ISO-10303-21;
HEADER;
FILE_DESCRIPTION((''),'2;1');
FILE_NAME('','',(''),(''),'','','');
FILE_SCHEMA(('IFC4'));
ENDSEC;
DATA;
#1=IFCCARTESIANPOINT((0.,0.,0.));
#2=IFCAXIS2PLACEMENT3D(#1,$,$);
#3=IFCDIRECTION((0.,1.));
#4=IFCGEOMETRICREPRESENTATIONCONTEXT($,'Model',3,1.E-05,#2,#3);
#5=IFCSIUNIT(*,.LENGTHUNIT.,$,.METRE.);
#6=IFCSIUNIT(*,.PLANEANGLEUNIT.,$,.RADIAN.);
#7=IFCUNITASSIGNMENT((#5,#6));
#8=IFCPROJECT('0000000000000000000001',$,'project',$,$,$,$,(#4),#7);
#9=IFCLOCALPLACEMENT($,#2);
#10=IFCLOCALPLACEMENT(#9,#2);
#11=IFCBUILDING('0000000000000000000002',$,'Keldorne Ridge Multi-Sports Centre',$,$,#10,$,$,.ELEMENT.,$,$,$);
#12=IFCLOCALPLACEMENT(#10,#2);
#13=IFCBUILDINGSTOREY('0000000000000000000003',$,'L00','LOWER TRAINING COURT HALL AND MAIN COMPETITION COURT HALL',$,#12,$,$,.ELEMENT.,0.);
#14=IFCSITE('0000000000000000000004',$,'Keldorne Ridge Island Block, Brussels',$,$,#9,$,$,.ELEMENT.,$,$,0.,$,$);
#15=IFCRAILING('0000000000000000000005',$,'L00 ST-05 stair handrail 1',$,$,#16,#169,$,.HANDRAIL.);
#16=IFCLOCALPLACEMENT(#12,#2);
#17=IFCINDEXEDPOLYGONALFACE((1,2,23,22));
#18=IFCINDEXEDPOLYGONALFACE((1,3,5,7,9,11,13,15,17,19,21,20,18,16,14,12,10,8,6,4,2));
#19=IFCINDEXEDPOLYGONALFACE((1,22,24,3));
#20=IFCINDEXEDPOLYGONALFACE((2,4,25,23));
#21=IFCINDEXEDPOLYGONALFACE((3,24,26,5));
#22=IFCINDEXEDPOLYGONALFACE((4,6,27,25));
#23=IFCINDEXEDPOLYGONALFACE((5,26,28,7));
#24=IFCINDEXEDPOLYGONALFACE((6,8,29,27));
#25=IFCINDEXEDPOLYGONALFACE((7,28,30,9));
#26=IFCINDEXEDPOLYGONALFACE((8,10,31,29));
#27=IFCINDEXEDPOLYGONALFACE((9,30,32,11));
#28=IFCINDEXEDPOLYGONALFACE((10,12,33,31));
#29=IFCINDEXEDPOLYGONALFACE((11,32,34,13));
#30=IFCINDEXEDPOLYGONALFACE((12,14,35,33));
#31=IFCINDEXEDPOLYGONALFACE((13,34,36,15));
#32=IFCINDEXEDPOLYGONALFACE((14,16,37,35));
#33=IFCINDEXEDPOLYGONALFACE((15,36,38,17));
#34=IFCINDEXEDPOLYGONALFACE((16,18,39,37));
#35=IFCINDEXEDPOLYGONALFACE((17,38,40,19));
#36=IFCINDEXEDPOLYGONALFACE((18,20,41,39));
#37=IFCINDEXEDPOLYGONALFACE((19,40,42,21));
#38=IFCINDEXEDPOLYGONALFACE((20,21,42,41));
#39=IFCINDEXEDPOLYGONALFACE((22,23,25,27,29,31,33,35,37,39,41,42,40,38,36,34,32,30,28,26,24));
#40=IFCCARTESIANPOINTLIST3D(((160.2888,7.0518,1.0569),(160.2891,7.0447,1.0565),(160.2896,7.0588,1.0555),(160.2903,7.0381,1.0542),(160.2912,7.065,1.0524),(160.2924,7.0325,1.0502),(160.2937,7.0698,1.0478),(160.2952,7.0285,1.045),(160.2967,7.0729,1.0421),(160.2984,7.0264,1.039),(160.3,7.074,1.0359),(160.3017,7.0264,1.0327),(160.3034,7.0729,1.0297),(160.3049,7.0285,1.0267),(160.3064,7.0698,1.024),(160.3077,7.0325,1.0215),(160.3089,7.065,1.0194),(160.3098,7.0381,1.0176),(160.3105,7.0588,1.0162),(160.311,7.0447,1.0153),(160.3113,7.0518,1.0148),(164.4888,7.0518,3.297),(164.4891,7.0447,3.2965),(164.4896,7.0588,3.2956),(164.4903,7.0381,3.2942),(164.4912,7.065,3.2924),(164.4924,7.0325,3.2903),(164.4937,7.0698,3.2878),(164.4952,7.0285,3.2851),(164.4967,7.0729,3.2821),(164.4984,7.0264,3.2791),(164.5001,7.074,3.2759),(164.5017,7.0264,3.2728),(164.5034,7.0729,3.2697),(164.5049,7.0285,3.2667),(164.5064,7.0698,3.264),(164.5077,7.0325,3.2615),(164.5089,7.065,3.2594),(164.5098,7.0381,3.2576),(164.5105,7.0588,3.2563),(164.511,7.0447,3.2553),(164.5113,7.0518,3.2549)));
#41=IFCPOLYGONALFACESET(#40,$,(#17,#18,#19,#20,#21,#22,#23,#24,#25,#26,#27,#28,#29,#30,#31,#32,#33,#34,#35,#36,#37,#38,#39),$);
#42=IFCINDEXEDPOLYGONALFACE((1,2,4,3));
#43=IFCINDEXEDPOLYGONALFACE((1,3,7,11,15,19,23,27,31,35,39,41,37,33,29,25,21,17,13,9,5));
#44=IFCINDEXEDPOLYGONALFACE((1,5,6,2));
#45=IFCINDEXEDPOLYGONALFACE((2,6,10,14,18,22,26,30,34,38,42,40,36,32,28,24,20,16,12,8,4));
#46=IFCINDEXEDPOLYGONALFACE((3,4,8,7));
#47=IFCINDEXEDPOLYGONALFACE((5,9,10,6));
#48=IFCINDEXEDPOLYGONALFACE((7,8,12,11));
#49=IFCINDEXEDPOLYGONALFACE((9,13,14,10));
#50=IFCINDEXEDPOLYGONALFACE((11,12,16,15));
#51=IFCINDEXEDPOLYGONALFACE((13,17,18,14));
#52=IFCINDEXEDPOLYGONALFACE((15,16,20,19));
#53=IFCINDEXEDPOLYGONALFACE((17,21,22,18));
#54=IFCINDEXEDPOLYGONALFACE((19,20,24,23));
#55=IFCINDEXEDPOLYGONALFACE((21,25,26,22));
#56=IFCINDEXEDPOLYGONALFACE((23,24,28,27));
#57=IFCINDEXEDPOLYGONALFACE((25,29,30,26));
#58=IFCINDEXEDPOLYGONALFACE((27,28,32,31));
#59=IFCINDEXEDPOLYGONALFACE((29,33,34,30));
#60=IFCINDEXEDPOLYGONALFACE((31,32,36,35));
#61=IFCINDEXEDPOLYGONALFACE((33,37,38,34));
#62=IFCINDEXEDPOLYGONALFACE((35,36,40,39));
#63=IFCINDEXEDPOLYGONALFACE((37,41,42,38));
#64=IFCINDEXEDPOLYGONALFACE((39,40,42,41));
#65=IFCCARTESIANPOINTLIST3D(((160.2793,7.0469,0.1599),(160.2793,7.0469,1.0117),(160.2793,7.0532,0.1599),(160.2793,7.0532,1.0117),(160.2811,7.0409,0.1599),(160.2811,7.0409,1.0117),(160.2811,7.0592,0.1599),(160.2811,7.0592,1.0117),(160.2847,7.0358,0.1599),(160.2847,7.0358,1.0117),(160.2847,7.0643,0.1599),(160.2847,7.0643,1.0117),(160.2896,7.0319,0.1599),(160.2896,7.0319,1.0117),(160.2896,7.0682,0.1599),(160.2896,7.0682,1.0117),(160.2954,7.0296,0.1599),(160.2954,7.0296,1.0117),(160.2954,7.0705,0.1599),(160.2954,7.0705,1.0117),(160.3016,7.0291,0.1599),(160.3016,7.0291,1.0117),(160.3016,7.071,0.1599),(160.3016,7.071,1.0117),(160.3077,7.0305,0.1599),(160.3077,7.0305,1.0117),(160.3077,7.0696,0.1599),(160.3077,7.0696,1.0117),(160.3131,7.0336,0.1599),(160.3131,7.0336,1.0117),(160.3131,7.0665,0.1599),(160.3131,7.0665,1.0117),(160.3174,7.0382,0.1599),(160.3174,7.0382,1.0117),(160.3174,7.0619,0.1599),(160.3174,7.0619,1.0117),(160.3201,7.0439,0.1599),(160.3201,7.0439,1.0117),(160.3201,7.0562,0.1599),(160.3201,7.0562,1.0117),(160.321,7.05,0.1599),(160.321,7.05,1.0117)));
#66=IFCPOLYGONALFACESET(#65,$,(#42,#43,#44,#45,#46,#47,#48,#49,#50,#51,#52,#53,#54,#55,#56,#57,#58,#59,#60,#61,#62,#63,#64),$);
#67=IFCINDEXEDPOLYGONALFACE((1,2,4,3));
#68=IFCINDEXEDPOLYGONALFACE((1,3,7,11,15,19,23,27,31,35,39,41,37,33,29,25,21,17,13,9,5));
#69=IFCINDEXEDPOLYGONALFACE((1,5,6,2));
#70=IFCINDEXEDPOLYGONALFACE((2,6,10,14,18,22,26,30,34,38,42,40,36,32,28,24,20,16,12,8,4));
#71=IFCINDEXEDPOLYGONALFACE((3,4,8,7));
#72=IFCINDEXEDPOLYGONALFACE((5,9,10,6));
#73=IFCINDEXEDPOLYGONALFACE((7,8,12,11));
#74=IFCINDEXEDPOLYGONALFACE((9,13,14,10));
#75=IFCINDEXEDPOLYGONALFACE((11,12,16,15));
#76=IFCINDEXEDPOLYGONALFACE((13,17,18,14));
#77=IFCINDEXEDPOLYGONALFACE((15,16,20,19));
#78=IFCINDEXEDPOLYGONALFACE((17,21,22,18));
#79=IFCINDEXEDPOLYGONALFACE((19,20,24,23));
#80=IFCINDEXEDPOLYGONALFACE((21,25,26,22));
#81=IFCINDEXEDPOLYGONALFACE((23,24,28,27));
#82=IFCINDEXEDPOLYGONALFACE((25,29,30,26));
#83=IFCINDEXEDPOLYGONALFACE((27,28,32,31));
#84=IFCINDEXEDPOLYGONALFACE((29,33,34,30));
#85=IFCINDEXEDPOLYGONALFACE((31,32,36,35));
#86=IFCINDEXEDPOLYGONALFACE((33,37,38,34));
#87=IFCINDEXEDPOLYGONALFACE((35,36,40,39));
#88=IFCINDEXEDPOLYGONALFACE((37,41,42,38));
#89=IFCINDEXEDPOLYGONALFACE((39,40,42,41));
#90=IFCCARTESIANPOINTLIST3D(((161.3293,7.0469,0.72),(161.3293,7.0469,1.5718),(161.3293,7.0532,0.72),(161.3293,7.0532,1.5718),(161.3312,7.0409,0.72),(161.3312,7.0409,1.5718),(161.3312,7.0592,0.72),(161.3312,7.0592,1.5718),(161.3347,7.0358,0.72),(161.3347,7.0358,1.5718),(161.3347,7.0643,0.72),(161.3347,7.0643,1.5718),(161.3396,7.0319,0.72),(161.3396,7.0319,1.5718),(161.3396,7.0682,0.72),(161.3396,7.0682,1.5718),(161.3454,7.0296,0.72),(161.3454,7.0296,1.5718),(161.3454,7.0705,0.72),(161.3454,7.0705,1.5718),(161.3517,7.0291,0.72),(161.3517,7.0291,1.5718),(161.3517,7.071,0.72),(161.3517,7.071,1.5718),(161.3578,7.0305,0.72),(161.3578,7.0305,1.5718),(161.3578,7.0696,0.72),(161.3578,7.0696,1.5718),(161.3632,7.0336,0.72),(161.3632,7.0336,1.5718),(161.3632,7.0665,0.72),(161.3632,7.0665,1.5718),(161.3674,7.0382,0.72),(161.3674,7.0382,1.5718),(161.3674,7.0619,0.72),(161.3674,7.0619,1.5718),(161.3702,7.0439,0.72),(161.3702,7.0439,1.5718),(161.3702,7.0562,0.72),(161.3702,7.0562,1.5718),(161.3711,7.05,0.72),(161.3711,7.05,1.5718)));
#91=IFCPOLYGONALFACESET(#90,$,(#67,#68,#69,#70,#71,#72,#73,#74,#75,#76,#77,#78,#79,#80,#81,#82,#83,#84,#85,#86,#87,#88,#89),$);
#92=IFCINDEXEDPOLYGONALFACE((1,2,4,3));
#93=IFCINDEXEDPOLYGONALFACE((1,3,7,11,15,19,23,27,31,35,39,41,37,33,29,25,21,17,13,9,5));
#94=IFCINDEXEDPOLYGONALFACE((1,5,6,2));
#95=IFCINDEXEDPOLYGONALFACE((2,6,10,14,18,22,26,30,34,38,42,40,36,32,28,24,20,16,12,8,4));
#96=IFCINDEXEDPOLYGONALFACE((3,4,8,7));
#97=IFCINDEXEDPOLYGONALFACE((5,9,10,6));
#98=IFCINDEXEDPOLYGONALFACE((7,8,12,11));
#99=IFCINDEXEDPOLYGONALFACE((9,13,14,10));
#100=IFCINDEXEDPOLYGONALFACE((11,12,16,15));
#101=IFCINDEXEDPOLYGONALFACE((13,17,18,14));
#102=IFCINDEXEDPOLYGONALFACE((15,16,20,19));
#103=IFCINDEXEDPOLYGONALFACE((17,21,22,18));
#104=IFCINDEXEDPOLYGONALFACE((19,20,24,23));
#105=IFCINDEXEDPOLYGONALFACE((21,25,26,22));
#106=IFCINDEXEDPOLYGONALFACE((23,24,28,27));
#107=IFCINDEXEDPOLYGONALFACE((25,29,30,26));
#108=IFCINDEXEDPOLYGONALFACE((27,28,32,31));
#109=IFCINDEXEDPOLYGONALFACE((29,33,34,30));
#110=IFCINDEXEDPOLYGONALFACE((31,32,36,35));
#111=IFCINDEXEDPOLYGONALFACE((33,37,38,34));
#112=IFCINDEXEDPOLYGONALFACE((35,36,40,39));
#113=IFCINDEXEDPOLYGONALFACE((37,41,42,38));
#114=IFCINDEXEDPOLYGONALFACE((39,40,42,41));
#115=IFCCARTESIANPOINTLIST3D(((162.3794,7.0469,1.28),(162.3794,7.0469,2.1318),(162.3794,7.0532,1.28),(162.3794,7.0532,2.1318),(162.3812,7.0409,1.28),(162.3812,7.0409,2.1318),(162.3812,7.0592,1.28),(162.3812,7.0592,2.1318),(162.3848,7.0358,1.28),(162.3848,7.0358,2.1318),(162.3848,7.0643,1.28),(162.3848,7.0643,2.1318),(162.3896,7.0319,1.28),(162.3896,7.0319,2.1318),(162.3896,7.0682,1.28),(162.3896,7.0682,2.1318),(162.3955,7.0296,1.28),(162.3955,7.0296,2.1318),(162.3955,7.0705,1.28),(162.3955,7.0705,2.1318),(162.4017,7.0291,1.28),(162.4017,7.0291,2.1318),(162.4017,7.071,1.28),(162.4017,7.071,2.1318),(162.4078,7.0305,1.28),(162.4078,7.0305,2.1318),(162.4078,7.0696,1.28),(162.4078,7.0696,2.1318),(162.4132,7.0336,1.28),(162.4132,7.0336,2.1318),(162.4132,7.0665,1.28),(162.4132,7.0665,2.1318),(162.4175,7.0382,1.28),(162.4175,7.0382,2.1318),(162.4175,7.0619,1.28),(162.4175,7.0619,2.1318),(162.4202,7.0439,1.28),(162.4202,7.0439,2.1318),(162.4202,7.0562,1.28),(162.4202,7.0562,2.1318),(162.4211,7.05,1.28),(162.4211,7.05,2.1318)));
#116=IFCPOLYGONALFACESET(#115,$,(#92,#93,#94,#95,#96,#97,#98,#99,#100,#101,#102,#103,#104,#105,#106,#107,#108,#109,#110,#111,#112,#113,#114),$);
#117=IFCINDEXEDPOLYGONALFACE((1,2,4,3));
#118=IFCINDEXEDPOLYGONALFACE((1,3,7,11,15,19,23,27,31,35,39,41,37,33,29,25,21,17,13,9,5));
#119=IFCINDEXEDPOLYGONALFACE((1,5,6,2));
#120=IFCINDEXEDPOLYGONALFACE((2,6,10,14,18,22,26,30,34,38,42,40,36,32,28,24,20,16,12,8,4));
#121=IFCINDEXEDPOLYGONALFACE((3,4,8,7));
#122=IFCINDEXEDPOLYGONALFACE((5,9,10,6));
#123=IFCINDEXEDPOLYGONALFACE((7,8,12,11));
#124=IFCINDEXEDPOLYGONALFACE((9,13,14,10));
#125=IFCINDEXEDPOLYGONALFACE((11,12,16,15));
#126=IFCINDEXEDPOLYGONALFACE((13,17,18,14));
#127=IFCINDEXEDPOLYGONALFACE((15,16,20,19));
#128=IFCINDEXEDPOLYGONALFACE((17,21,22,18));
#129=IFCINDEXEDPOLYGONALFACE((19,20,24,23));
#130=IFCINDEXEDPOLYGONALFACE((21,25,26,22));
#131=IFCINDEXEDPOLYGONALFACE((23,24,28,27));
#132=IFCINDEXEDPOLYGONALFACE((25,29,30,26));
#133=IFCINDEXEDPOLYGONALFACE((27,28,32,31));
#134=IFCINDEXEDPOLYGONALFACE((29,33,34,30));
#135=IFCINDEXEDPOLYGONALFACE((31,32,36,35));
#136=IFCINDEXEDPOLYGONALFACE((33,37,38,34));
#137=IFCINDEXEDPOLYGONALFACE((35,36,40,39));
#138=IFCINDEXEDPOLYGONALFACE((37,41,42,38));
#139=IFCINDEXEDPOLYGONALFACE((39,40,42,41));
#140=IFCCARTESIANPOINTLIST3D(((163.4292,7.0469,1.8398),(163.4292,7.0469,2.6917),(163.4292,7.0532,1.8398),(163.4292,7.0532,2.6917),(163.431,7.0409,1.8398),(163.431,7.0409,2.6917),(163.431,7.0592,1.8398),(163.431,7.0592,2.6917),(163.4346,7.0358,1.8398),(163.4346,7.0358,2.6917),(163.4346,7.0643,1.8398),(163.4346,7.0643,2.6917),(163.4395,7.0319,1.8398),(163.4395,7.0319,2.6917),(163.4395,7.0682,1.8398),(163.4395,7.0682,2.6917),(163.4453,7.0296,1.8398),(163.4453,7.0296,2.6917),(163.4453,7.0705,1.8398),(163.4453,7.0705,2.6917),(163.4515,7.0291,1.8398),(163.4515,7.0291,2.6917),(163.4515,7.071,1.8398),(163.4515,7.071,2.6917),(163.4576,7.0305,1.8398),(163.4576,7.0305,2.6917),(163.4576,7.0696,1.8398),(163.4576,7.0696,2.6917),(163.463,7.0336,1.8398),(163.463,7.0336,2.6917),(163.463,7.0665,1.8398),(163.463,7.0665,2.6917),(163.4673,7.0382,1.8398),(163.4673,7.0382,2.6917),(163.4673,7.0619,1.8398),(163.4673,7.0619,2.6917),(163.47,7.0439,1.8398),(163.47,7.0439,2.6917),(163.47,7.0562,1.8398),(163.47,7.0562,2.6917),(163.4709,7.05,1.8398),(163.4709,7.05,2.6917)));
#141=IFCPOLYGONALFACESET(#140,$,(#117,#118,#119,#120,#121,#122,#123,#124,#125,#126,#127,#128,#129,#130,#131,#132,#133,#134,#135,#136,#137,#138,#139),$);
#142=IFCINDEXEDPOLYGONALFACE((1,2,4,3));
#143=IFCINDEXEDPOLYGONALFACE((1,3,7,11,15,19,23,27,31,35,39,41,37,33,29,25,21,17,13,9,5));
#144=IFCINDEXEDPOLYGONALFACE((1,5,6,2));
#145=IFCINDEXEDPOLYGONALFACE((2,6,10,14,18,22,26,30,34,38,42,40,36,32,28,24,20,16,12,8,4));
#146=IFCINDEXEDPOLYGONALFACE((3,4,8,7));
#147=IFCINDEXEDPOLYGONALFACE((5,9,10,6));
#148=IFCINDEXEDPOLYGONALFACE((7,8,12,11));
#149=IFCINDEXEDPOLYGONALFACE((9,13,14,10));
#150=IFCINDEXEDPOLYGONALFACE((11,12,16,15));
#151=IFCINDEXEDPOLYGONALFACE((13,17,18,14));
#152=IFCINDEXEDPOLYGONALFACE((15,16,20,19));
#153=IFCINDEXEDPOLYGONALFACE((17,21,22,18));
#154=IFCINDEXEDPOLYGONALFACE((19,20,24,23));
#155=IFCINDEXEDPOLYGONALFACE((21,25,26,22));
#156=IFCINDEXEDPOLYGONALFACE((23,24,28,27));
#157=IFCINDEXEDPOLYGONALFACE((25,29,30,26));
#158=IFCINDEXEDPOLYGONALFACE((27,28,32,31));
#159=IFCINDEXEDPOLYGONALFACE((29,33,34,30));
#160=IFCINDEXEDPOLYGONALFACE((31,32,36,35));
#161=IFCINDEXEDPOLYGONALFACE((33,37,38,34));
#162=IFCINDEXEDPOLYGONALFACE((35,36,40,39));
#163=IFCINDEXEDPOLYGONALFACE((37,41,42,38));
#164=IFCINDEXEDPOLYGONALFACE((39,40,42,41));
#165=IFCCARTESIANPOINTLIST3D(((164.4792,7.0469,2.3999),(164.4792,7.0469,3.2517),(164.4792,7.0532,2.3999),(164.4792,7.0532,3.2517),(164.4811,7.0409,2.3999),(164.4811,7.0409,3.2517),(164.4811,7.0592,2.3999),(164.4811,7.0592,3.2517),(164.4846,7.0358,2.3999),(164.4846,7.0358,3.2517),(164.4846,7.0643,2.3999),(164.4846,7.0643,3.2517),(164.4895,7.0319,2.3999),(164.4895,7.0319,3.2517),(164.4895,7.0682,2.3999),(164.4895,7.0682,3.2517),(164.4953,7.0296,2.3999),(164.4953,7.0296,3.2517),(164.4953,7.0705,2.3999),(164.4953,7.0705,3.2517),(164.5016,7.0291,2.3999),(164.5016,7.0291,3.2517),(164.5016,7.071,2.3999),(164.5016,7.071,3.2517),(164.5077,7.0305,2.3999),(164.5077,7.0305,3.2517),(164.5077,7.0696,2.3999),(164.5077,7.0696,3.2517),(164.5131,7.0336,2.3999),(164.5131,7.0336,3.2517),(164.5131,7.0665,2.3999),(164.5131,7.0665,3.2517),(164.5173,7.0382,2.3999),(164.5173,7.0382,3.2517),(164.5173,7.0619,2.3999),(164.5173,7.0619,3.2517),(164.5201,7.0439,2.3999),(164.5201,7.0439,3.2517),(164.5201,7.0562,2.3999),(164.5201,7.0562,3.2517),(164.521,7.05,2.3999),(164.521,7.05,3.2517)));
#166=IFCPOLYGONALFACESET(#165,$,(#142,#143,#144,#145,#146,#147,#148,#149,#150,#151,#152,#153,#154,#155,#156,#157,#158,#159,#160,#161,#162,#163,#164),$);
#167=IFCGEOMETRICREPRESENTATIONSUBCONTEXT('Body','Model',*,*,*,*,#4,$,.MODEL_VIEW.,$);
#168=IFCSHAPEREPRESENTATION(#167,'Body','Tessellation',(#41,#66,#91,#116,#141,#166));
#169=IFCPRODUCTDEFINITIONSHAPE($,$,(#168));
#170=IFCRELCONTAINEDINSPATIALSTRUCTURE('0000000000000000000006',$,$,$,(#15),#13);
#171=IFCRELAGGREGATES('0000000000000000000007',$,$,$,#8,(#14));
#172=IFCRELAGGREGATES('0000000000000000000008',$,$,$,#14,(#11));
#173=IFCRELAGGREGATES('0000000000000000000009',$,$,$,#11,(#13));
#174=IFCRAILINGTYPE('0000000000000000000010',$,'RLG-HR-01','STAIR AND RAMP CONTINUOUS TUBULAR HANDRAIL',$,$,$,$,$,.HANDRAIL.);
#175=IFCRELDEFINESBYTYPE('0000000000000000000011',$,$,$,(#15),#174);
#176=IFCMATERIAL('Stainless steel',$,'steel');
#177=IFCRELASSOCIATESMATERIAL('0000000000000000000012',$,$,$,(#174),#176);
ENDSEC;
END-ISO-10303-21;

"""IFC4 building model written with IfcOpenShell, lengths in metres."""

from ifc_helpers import new_model, si_unit, direction, frame, origin, origin_2d, place, context, subcontext, project, spatial, circle, extrude, material, type_object, element, save


model = new_model("IFC4")

# Units and contexts
model_context = context("Model", 3, precision=1e-05, world=origin(), true_north=direction((0.0, 1.0)))
body_context = subcontext(model_context, "Body", "Model", "MODEL_VIEW")
ifc_project = project(units=[si_unit("LENGTHUNIT", "METRE"), si_unit("PLANEANGLEUNIT", "RADIAN")], contexts=[model_context])

# Site, building, storey
site_placement = place(None, origin())
site = spatial("IfcSite", under=ifc_project, at=site_placement, Name="Keldorne Ridge Island Block, Brussels", CompositionType="ELEMENT", RefElevation=0.0)
building_placement = place(site_placement, origin())
building = spatial("IfcBuilding", under=site, at=building_placement, Name="Keldorne Ridge Multi-Sports Centre", CompositionType="ELEMENT")
storey_placement = place(building_placement, origin())
storey = spatial("IfcBuildingStorey", under=building, at=storey_placement, Name="L00", Description="LOWER TRAINING COURT HALL AND MAIN COMPETITION COURT HALL", CompositionType="ELEMENT", Elevation=0.0)

# Railing
ifc_material_1 = material(Name="Stainless steel", Category="steel")
railing_type_1 = type_object("IfcRailingType", Name="RLG-HR-01", Description="STAIR AND RAMP CONTINUOUS TUBULAR HANDRAIL", PredefinedType="HANDRAIL", material=ifc_material_1)
railing_1_placement = place(storey_placement, frame((160.3, 7.05, 0.1599)))
element("IfcRailing", 1, at=railing_1_placement, inside=storey, type_object=railing_type_1, Name="L00 ST-05 stair handrail 1", PredefinedType="HANDRAIL", context=body_context, shape_type="SweptSolid", body=[
    extrude(circle(Radius=0.0239, at=origin_2d()), frame((0.0, 0.0, 0.876), z_axis=(0.882352, 0.0, 0.470591), x_axis=(0.0, 1.0, 0.0)), (0.0, 0.0, 1.0), 4.76),
    extrude(circle(Radius=0.021, at=origin_2d()), origin(), (0.0, 0.0, 1.0), 0.8518),
    extrude(circle(Radius=0.021, at=origin_2d()), frame((1.05, 0.0, 0.5601)), (0.0, 0.0, 1.0), 0.8518),
    extrude(circle(Radius=0.021, at=origin_2d()), frame((2.1001, 0.0, 1.1201)), (0.0, 0.0, 1.0), 0.8518),
    extrude(circle(Radius=0.021, at=origin_2d()), frame((3.1499, 0.0, 1.6799)), (0.0, 0.0, 1.0), 0.8518),
    extrude(circle(Radius=0.021, at=origin_2d()), frame((4.2, 0.0, 2.24)), (0.0, 0.0, 1.0), 0.8518),
])

save(model, "model.ifc")
